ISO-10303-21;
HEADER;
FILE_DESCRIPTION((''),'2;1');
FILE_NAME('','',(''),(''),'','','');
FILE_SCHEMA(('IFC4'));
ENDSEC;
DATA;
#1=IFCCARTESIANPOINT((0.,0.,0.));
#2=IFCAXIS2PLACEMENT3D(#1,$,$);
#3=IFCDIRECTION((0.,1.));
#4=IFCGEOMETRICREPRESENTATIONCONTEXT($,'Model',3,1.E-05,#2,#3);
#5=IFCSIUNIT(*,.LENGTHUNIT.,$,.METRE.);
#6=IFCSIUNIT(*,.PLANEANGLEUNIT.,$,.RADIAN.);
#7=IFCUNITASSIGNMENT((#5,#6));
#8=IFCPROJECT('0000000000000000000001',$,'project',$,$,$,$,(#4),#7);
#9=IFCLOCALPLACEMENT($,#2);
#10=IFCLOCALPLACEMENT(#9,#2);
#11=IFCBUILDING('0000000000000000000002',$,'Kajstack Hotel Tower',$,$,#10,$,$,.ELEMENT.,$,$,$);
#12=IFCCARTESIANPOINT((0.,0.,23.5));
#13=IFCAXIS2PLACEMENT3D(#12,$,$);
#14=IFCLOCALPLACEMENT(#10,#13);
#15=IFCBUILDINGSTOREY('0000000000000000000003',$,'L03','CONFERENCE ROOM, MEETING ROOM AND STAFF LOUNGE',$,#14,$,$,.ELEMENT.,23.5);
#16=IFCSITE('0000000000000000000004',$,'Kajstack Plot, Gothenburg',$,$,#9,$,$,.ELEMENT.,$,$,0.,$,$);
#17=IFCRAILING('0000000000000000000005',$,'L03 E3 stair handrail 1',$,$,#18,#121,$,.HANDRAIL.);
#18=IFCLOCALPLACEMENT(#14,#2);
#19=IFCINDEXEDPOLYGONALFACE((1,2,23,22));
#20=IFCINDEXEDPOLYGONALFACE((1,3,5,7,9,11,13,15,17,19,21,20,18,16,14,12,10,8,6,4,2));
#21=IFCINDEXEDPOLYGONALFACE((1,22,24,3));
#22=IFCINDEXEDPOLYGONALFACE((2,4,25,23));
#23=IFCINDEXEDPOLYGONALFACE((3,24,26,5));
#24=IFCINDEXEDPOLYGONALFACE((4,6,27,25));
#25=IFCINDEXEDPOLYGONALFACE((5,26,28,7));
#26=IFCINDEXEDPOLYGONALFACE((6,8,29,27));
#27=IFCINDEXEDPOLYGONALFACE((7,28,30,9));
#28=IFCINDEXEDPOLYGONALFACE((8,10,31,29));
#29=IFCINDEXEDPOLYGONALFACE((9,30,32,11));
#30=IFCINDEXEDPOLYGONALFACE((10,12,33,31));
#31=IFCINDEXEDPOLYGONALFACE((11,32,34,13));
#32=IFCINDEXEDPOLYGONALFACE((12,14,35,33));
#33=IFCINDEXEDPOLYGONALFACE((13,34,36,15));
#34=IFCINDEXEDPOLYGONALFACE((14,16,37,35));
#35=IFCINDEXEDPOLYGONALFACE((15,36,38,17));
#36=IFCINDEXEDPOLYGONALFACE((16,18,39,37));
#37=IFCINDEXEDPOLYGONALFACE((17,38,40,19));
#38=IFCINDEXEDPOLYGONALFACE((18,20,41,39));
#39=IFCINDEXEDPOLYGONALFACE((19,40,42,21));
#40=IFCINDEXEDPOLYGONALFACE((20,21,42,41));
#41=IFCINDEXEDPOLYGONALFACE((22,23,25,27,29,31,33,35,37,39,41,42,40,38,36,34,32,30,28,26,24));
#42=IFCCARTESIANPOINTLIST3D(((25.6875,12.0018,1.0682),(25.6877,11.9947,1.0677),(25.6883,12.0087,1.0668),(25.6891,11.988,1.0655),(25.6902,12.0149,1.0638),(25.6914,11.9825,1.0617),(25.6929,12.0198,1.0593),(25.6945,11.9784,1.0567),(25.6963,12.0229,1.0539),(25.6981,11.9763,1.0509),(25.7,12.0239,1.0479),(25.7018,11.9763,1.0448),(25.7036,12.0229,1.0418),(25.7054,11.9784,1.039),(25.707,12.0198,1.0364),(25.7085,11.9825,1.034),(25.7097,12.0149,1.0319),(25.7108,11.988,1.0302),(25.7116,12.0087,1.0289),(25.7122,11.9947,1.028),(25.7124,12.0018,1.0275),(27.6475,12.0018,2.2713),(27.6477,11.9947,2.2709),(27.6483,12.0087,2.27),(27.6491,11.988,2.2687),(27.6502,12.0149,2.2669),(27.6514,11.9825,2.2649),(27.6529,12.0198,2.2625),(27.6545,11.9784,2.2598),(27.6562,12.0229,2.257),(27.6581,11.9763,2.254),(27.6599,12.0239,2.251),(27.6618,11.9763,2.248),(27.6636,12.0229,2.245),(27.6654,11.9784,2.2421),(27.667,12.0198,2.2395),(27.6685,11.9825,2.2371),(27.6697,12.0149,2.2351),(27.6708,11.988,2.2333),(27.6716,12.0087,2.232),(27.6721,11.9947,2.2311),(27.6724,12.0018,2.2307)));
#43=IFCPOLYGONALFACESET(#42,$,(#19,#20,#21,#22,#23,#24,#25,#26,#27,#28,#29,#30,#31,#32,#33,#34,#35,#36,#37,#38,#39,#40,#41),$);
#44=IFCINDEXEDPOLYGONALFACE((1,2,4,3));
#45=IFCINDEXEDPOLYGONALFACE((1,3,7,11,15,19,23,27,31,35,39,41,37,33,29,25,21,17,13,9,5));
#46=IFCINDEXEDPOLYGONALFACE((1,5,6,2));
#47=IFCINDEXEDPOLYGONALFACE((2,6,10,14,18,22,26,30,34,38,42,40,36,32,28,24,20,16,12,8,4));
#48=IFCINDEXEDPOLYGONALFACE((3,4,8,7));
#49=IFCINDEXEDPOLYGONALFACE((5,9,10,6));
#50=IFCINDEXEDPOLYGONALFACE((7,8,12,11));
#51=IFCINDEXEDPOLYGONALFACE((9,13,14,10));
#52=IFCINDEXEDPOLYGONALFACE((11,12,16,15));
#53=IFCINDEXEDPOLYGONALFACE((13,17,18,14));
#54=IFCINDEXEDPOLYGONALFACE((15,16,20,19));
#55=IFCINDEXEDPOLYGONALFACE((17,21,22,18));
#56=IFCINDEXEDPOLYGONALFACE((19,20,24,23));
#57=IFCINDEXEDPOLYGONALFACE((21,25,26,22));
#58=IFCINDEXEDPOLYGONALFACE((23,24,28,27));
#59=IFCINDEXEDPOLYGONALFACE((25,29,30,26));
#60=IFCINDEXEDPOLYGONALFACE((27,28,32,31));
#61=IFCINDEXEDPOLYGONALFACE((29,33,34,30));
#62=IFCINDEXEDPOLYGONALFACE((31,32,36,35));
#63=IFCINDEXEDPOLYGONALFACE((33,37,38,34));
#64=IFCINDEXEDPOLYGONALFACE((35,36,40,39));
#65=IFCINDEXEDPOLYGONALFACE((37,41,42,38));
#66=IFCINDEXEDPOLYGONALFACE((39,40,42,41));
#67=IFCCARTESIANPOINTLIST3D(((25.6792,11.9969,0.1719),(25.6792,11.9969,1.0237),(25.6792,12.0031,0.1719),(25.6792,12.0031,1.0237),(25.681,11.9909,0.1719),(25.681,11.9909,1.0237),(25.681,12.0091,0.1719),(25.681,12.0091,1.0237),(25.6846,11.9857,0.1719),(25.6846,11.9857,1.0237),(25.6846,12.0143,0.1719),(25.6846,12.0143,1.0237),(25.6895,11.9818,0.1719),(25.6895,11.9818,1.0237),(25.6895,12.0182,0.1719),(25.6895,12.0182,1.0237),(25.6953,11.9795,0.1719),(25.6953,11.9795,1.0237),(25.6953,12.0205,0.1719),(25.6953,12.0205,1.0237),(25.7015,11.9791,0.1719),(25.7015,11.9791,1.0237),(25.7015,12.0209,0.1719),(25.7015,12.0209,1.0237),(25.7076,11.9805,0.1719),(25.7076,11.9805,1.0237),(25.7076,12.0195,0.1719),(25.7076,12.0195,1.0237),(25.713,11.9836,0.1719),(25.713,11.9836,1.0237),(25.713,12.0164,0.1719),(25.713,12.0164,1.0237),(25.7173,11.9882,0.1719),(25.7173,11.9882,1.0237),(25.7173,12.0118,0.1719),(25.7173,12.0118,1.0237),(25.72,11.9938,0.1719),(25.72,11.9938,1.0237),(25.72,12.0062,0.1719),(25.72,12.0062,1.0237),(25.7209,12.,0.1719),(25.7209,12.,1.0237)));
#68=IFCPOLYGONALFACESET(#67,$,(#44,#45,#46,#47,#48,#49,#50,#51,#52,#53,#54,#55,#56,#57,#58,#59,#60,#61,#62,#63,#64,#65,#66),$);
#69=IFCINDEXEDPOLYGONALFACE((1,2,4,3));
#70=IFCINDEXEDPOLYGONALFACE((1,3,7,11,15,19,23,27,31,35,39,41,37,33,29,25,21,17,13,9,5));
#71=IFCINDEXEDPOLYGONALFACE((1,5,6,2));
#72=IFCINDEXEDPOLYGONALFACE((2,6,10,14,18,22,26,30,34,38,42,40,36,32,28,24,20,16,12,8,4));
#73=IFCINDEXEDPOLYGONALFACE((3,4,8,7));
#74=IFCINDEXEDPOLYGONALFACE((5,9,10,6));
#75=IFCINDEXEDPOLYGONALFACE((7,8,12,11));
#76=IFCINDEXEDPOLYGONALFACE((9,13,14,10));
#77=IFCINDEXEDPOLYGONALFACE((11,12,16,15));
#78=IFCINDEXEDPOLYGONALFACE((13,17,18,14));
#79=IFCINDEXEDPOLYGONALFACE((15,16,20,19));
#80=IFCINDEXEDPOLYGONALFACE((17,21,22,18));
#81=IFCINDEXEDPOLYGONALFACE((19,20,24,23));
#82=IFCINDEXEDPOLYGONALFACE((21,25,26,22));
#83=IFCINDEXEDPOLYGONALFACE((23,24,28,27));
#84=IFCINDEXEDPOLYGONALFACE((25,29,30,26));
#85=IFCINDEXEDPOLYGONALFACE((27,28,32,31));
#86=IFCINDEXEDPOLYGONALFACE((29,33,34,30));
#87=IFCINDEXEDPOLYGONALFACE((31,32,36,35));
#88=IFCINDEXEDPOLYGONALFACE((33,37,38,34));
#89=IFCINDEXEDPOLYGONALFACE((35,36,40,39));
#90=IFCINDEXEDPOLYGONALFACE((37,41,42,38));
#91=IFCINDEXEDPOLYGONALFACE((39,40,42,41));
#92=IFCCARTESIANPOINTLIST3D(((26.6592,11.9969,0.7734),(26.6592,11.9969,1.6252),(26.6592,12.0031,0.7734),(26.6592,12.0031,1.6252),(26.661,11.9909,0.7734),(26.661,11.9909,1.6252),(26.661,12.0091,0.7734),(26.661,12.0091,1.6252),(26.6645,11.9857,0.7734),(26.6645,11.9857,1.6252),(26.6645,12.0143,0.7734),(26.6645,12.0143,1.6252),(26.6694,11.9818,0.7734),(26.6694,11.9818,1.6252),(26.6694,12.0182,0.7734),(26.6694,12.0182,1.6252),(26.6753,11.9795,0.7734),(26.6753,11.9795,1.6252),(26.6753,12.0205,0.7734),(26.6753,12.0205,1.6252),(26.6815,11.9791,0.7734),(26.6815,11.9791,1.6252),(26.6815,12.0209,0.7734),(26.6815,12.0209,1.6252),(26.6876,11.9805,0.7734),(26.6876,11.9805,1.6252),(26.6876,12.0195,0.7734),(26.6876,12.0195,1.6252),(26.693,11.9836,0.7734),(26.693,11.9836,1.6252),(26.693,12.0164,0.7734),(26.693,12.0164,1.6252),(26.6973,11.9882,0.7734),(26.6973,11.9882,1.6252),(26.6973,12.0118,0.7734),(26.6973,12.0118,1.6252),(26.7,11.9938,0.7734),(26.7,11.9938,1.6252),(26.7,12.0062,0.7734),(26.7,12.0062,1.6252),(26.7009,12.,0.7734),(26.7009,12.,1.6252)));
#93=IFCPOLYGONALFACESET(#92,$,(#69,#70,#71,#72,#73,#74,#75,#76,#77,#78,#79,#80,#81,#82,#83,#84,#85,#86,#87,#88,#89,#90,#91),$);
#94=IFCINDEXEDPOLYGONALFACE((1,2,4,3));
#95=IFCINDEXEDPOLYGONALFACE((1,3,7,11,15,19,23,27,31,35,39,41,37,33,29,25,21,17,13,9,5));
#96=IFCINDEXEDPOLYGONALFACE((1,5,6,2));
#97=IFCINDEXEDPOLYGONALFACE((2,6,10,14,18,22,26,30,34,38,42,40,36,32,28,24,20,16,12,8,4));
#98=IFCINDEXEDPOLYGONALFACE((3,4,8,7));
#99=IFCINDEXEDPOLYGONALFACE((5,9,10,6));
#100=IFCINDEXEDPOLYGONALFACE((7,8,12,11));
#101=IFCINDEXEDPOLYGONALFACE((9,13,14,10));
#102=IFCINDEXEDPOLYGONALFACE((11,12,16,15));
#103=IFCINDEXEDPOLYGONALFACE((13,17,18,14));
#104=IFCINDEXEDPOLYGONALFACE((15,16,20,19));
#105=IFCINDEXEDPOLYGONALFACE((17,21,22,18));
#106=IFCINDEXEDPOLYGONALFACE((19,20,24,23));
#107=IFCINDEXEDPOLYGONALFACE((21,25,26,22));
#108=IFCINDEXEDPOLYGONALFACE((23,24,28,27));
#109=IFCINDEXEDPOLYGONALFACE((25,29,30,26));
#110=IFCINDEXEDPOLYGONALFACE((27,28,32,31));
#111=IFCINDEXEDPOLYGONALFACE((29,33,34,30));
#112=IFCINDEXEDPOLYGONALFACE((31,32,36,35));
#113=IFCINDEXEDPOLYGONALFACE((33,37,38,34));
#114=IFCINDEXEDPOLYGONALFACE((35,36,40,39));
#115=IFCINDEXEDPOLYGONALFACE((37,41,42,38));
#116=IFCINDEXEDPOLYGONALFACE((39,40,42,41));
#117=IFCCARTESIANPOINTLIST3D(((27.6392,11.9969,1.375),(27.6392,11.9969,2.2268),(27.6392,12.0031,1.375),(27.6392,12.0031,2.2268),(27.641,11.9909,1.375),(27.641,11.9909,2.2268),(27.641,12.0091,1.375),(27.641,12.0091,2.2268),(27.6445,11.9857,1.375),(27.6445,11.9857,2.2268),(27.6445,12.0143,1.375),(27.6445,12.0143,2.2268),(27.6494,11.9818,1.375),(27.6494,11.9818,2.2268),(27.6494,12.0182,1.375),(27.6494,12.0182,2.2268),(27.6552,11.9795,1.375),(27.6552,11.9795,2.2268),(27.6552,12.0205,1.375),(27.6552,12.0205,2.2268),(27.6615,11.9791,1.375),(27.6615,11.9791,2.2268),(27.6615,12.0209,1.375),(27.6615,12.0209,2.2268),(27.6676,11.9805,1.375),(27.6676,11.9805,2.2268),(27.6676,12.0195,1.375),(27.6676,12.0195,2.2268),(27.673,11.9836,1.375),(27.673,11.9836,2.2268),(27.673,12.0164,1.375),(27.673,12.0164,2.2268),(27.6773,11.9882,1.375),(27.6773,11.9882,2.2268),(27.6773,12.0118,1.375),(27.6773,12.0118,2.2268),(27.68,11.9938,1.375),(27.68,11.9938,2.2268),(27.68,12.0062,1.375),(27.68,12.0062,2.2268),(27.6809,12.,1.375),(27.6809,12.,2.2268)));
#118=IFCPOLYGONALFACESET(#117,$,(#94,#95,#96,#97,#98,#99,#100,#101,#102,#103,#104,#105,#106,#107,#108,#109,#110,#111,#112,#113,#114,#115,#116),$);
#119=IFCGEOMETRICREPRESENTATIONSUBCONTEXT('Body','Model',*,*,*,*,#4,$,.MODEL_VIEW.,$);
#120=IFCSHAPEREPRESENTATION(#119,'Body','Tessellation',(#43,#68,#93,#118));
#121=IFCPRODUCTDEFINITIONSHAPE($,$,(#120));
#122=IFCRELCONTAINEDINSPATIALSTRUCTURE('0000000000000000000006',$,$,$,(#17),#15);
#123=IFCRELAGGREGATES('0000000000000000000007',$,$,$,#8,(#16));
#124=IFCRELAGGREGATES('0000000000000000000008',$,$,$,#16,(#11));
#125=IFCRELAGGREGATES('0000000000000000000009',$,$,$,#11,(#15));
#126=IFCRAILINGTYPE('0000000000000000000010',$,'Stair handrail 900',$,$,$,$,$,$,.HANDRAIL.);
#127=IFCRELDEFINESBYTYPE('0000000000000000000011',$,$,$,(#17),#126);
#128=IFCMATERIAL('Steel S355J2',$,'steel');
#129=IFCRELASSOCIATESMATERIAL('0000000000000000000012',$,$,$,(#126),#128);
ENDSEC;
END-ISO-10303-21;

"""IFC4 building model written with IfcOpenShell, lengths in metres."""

from ifc_helpers import new_model, si_unit, direction, frame, origin, origin_2d, place, context, subcontext, project, spatial, circle, extrude, material, type_object, element, save


model = new_model("IFC4")

# Units and contexts
model_context = context("Model", 3, precision=1e-05, world=origin(), true_north=direction((0.0, 1.0)))
body_context = subcontext(model_context, "Body", "Model", "MODEL_VIEW")
ifc_project = project(units=[si_unit("LENGTHUNIT", "METRE"), si_unit("PLANEANGLEUNIT", "RADIAN")], contexts=[model_context])

# Site, building, storey
site_placement = place(None, origin())
site = spatial("IfcSite", under=ifc_project, at=site_placement, Name="Kajstack Plot, Gothenburg", CompositionType="ELEMENT", RefElevation=0.0)
building_placement = place(site_placement, origin())
building = spatial("IfcBuilding", under=site, at=building_placement, Name="Kajstack Hotel Tower", CompositionType="ELEMENT")
storey_placement = place(building_placement, frame((0.0, 0.0, 23.5)))
storey = spatial("IfcBuildingStorey", under=building, at=storey_placement, Name="L03", Description="CONFERENCE ROOM, MEETING ROOM AND STAFF LOUNGE", CompositionType="ELEMENT", Elevation=23.5)

# Railing
ifc_material_1 = material(Name="Steel S355J2", Category="steel")
railing_type_1 = type_object("IfcRailingType", Name="Stair handrail 900", PredefinedType="HANDRAIL", material=ifc_material_1)
railing_1_placement = place(storey_placement, frame((25.7, 12.0, 0.1719)))
element("IfcRailing", 1, at=railing_1_placement, inside=storey, type_object=railing_type_1, Name="L03 E3 stair handrail 1", PredefinedType="HANDRAIL", context=body_context, shape_type="SweptSolid", body=[
    extrude(circle(Radius=0.0239, at=origin_2d()), frame((0.0, 0.0, 0.876), z_axis=(0.852241, 0.0, 0.523149), x_axis=(0.0, 1.0, 0.0)), (0.0, 0.0, 1.0), 2.2998),
    extrude(circle(Radius=0.021, at=origin_2d()), origin(), (0.0, 0.0, 1.0), 0.8518),
    extrude(circle(Radius=0.021, at=origin_2d()), frame((0.98, 0.0, 0.6016)), (0.0, 0.0, 1.0), 0.8518),
    extrude(circle(Radius=0.021, at=origin_2d()), frame((1.96, 0.0, 1.2031)), (0.0, 0.0, 1.0), 0.8518),
])

save(model, "model.ifc")
